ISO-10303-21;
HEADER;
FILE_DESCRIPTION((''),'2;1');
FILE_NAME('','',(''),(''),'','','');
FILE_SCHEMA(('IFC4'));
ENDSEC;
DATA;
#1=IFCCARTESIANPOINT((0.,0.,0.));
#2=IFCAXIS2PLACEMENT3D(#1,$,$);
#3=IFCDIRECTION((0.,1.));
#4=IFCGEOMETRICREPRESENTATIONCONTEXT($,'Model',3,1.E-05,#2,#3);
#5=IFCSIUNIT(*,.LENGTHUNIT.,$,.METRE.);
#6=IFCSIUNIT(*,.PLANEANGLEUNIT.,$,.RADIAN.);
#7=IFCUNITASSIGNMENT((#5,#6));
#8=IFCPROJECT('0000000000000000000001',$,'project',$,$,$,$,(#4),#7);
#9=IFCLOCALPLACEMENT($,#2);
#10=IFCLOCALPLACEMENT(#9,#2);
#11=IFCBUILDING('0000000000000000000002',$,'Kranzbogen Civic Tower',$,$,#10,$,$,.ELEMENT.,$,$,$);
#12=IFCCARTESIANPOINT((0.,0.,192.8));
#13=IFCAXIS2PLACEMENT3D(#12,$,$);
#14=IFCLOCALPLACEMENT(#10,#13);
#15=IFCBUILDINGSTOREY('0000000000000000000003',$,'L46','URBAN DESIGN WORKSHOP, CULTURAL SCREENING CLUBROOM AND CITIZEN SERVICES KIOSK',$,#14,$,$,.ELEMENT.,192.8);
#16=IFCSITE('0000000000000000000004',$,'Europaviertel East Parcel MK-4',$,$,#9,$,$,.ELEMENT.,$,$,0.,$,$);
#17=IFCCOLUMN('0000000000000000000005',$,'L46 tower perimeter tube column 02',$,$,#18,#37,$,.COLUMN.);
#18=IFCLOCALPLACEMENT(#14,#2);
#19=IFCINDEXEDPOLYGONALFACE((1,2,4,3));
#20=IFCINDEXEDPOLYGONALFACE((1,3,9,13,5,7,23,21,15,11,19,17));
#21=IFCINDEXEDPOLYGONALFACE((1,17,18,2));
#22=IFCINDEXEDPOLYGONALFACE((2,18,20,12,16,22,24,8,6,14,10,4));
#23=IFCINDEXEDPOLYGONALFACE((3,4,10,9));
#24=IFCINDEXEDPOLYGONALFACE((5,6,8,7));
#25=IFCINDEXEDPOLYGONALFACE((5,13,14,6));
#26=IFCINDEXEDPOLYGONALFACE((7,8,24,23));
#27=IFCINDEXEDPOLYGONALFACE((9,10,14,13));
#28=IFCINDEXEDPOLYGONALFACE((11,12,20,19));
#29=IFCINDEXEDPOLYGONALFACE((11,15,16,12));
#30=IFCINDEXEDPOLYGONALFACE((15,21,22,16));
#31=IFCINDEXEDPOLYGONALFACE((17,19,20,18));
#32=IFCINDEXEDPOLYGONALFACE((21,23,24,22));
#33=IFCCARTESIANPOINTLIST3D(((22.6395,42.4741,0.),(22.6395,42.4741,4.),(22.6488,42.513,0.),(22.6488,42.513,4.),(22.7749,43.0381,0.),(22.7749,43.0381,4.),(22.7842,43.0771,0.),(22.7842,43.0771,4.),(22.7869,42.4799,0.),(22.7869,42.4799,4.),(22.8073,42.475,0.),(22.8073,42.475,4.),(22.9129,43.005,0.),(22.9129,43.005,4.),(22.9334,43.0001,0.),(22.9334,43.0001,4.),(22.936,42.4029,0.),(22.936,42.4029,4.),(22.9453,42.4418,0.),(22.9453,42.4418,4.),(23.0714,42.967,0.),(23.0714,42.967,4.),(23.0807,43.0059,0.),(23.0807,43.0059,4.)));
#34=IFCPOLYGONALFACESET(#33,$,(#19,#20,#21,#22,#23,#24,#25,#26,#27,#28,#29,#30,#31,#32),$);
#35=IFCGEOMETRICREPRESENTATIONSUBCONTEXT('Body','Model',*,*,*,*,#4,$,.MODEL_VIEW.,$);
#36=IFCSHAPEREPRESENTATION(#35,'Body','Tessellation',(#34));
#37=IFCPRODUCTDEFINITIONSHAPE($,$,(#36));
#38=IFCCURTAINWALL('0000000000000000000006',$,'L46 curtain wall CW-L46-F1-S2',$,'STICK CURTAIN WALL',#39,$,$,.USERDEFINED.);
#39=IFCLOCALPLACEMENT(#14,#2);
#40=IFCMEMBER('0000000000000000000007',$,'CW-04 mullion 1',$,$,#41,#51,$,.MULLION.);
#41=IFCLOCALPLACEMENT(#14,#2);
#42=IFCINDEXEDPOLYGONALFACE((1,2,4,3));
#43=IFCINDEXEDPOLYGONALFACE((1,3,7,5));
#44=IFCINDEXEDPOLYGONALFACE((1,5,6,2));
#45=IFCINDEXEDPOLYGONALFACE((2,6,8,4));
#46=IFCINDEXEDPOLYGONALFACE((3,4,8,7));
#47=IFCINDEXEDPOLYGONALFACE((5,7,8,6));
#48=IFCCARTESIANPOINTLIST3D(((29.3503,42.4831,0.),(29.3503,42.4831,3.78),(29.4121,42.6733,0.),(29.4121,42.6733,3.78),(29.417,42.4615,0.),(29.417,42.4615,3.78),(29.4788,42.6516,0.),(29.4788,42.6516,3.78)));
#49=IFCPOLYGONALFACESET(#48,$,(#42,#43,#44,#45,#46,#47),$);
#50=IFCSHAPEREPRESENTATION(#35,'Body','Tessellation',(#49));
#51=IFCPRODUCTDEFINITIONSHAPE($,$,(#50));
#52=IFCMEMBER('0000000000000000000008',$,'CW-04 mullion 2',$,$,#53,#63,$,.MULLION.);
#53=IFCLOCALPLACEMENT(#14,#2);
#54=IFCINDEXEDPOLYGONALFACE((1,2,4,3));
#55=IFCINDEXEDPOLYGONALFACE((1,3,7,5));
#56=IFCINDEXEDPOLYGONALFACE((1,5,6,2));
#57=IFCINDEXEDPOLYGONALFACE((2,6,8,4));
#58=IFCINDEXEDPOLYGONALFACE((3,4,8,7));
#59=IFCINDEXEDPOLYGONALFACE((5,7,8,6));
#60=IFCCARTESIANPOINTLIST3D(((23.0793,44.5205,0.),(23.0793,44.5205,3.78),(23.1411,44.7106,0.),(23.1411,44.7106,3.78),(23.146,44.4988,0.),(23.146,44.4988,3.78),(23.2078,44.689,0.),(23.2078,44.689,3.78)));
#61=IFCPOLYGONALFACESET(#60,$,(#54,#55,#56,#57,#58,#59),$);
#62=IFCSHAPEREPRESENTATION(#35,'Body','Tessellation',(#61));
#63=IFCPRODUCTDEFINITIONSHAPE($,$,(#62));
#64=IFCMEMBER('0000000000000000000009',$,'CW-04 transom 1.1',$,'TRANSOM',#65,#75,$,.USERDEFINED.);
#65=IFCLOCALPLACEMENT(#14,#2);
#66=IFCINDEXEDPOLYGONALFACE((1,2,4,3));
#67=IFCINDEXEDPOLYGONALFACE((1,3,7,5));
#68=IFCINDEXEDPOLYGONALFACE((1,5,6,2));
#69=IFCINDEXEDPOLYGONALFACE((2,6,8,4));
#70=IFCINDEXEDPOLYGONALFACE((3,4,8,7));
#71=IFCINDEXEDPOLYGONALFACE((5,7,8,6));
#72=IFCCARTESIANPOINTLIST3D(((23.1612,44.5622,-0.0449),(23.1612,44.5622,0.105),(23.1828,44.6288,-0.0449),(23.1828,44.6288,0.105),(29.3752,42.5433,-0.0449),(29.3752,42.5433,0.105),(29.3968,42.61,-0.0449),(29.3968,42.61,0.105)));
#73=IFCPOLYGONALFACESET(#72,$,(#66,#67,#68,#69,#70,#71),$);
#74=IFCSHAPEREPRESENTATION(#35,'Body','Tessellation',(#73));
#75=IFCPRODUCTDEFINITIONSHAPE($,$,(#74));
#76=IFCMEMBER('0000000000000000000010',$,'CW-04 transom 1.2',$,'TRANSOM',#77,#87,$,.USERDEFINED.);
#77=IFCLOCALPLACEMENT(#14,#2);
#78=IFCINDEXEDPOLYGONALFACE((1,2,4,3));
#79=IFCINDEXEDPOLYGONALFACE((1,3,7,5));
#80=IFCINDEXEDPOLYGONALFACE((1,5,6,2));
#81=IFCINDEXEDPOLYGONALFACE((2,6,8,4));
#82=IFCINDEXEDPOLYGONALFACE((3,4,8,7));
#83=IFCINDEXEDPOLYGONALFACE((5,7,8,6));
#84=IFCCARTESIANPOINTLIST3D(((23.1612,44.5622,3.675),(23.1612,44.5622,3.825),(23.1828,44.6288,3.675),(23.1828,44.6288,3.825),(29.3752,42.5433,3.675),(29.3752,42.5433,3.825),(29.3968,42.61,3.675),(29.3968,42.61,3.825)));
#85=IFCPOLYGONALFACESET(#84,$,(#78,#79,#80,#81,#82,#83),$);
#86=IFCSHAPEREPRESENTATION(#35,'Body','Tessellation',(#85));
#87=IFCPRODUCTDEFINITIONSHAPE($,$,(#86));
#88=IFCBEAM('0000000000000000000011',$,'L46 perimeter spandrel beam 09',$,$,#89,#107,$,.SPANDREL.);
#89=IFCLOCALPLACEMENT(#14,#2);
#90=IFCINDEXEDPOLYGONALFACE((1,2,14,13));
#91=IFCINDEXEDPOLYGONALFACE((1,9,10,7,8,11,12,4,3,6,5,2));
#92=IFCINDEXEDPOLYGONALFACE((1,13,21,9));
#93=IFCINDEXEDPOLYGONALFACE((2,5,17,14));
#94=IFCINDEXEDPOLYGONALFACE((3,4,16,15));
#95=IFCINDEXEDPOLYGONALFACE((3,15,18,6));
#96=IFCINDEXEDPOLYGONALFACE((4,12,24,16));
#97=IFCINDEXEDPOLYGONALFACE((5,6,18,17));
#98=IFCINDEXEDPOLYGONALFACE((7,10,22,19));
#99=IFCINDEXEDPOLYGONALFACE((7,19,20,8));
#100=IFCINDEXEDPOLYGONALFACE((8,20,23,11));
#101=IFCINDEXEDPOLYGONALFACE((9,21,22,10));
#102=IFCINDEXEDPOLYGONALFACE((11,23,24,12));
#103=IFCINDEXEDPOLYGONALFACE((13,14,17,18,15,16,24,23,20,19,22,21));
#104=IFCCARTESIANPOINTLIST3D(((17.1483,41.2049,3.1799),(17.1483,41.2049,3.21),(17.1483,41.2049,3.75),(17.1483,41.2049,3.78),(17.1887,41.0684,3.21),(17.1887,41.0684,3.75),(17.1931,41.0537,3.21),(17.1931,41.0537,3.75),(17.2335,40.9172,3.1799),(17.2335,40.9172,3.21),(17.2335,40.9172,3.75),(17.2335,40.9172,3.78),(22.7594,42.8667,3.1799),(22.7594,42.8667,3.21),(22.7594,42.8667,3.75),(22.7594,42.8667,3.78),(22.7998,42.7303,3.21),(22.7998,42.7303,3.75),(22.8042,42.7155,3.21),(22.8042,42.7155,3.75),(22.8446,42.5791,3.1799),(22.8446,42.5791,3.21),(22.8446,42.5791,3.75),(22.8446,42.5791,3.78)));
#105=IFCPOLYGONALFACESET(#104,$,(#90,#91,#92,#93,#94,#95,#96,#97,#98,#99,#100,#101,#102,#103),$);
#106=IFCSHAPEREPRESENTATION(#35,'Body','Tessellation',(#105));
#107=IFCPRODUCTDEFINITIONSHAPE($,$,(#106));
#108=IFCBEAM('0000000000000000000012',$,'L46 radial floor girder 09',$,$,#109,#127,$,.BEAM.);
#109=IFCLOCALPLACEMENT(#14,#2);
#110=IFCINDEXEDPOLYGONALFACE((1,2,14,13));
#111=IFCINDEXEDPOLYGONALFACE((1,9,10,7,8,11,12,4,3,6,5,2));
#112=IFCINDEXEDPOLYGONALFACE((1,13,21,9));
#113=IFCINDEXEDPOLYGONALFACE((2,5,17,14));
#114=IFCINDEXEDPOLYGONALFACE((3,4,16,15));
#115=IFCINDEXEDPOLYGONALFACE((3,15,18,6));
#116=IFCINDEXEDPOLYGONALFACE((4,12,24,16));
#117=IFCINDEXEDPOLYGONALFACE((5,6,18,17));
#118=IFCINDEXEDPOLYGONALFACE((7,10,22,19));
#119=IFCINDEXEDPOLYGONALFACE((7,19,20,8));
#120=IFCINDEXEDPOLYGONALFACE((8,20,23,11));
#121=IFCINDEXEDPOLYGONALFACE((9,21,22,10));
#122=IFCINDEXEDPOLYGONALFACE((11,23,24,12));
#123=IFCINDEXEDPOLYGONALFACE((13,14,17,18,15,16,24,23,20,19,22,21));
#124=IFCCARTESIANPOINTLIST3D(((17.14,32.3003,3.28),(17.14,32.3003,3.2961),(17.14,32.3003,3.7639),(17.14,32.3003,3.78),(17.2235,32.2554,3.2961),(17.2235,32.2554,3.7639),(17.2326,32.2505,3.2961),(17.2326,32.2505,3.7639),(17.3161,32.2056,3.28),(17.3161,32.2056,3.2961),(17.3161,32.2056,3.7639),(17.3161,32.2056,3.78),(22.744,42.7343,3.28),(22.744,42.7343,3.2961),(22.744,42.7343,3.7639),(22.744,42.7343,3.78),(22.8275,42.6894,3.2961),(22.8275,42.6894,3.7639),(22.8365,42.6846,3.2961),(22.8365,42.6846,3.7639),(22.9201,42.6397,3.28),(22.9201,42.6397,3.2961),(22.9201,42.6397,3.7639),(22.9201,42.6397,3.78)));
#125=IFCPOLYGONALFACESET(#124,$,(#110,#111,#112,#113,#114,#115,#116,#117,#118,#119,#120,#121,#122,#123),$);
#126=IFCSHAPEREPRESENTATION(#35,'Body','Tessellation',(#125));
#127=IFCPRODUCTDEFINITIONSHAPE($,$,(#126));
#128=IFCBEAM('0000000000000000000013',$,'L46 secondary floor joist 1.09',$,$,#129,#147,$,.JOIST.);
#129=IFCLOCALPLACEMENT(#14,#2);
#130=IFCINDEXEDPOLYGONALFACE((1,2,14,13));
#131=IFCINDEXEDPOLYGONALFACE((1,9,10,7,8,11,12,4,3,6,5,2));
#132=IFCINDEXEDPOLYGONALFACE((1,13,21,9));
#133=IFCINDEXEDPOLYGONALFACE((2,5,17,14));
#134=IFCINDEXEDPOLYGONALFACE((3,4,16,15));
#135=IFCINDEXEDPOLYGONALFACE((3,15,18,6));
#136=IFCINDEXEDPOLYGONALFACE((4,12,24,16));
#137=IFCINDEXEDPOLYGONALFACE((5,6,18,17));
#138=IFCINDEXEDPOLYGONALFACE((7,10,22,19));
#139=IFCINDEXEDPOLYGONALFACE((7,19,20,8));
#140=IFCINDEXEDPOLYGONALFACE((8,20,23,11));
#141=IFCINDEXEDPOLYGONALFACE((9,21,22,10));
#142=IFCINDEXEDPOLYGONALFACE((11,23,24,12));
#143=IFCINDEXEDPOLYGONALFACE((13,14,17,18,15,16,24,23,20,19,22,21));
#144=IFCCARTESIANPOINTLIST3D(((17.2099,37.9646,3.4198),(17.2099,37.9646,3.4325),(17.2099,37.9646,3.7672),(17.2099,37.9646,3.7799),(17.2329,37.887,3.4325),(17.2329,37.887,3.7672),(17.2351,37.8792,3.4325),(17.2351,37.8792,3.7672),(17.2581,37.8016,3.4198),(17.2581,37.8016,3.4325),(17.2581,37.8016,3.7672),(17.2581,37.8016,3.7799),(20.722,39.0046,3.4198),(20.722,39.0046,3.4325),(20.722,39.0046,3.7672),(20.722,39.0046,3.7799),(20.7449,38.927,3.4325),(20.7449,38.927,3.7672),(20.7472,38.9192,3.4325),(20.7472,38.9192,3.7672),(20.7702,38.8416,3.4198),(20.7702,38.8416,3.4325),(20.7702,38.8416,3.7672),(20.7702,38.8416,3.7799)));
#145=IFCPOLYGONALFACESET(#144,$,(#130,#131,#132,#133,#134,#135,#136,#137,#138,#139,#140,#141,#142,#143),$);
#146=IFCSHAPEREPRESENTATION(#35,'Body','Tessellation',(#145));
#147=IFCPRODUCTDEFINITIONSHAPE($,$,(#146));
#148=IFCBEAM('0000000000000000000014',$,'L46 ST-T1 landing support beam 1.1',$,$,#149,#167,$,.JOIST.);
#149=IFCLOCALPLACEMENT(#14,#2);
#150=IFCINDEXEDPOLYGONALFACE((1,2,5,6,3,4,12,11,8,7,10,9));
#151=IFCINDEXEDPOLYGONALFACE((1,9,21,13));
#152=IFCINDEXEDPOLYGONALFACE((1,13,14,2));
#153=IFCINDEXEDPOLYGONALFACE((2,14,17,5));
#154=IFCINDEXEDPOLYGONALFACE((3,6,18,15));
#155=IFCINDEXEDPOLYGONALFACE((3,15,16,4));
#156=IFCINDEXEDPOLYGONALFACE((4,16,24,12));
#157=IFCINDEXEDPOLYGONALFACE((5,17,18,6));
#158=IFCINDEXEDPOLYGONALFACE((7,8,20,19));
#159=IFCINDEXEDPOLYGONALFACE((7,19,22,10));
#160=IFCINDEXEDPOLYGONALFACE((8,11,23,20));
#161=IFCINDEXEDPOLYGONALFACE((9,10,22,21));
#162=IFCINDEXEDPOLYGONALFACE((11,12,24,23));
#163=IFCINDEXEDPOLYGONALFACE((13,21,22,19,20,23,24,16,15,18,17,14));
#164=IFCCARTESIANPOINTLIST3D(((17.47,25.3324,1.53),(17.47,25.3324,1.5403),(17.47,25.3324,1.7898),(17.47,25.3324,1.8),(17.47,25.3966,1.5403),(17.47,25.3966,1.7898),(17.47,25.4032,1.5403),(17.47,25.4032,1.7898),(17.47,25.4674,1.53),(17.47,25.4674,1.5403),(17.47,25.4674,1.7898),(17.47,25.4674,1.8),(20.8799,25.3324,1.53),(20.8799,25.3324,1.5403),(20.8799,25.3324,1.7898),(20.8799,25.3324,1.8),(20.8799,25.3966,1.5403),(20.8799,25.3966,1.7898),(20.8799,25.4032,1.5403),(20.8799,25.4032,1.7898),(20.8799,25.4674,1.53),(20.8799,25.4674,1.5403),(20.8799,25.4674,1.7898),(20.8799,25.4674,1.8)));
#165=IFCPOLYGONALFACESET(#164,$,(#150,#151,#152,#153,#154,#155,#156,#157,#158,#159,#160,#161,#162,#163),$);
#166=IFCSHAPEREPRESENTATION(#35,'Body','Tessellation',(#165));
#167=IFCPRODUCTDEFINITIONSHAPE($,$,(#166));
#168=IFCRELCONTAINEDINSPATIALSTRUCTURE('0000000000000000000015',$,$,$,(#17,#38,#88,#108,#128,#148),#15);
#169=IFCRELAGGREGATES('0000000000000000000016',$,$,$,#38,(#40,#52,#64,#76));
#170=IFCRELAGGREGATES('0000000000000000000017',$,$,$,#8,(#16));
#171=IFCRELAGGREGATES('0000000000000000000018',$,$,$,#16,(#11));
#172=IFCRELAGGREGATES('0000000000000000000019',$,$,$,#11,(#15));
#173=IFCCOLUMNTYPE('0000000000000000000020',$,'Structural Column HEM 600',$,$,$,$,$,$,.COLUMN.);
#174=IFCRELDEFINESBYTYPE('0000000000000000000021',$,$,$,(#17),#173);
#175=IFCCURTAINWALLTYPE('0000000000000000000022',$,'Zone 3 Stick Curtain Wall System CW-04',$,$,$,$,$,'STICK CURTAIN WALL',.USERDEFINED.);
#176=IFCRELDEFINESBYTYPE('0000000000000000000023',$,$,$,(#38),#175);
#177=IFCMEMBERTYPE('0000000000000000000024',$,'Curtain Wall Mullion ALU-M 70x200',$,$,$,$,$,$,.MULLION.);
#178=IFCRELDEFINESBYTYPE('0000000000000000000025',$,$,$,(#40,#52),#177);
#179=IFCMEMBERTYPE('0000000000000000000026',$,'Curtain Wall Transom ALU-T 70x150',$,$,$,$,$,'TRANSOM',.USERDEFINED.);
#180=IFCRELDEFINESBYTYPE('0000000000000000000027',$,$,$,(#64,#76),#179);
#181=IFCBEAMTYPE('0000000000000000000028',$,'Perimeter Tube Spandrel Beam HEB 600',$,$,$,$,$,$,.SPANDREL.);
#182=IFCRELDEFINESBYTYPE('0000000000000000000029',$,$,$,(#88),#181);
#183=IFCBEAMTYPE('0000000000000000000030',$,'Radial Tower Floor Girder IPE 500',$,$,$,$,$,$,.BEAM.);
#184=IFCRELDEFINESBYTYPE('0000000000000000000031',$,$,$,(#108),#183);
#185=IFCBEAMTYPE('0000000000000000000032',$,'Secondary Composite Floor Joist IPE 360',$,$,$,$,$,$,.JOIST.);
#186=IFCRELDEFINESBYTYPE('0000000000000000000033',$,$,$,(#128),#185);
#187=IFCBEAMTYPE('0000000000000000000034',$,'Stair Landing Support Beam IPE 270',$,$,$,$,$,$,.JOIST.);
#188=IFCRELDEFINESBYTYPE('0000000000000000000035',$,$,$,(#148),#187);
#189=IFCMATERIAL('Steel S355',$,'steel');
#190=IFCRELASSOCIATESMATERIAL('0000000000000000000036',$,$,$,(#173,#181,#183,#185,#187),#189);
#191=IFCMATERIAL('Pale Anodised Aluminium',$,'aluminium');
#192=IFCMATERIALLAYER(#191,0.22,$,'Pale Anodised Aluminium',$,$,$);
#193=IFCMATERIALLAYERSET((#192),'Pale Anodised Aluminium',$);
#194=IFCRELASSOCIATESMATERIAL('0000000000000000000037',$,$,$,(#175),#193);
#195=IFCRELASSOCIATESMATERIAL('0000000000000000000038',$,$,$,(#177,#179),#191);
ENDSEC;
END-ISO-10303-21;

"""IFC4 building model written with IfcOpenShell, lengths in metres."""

from ifc_helpers import new_model, si_unit, direction, frame, origin, origin_2d, place, context, subcontext, project, spatial, rectangle, i_section, extrude, material, layer, layer_set, material_profile, profile_set, type_object, element, aggregate, save


model = new_model("IFC4")

# Units and contexts
model_context = context("Model", 3, precision=1e-05, world=origin(), true_north=direction((0.0, 1.0)))
body_context = subcontext(model_context, "Body", "Model", "MODEL_VIEW")
ifc_project = project(units=[si_unit("LENGTHUNIT", "METRE"), si_unit("PLANEANGLEUNIT", "RADIAN")], contexts=[model_context])

# Site, building, storey
site_placement = place(None, origin())
site = spatial("IfcSite", under=ifc_project, at=site_placement, Name="Europaviertel East Parcel MK-4", CompositionType="ELEMENT", RefElevation=0.0)
building_placement = place(site_placement, origin())
building = spatial("IfcBuilding", under=site, at=building_placement, Name="Kranzbogen Civic Tower", CompositionType="ELEMENT")
storey_placement = place(building_placement, frame((0.0, 0.0, 192.8)))
storey = spatial("IfcBuildingStorey", under=building, at=storey_placement, Name="L46", Description="URBAN DESIGN WORKSHOP, CULTURAL SCREENING CLUBROOM AND CITIZEN SERVICES KIOSK", CompositionType="ELEMENT", Elevation=192.8)

# Column
ifc_material_1 = material(Name="Steel S355", Category="steel")
ifc_material_profile_1 = material_profile(ifc_material_1, i_section(OverallWidth=0.3049, OverallDepth=0.6201, WebThickness=0.021, FlangeThickness=0.04, at=origin_2d()), Name="HEM 600")
ifc_profile_set_1 = profile_set([ifc_material_profile_1], Name="Steel S355")
column_type = type_object("IfcColumnType", Name="Structural Column HEM 600", PredefinedType="COLUMN", material=ifc_profile_set_1)
column_placement = place(storey_placement, frame((22.8601, 42.74, 0.0), z_axis=(0.0, 0.0, 1.0), x_axis=(-0.97237, 0.233445, 0.0)))
element("IfcColumn", 1, at=column_placement, inside=storey, type_object=column_type, Name="L46 tower perimeter tube column 02", PredefinedType="COLUMN", context=body_context, shape_type="SweptSolid", body=[
    extrude(i_section(OverallWidth=0.3049, OverallDepth=0.6201, WebThickness=0.021, FlangeThickness=0.04, at=origin_2d()), origin(), (0.0, 0.0, 1.0), 4.0),
])

# Curtain wall, members
ifc_material_2 = material(Name="Pale Anodised Aluminium", Category="aluminium")
ifc_layer_1 = layer(ifc_material_2, 0.22, Name="Pale Anodised Aluminium")
ifc_layer_set_1 = layer_set([ifc_layer_1], Name="Pale Anodised Aluminium")
curtain_wall_type = type_object("IfcCurtainWallType", Name="Zone 3 Stick Curtain Wall System CW-04", ElementType="STICK CURTAIN WALL", PredefinedType="USERDEFINED", material=ifc_layer_set_1)
curtain_wall_placement = place(storey_placement, origin())
curtain_wall = element("IfcCurtainWall", 2, at=curtain_wall_placement, inside=storey, type_object=curtain_wall_type, Name="L46 curtain wall CW-L46-F1-S2", ObjectType="STICK CURTAIN WALL", PredefinedType="USERDEFINED")
ifc_material_profile_2 = material_profile(ifc_material_2, rectangle(XDim=0.0701, YDim=0.2, at=origin_2d()), Name="ALU-M 70x200")
ifc_profile_set_2 = profile_set([ifc_material_profile_2], Name="Pale Anodised Aluminium")
member_type_1 = type_object("IfcMemberType", Name="Curtain Wall Mullion ALU-M 70x200", PredefinedType="MULLION", material=ifc_profile_set_2)
member_1_placement = place(storey_placement, frame((29.4146, 42.5674, 0.0), z_axis=(0.0, 0.0, 1.0), x_axis=(-0.951061, 0.309005, 0.0)))
member_1 = element("IfcMember", 3, at=member_1_placement, type_object=member_type_1, Name="CW-04 mullion 1", PredefinedType="MULLION", context=body_context, shape_type="SweptSolid", body=[
    extrude(rectangle(XDim=0.0701, YDim=0.2, at=origin_2d()), origin(), (0.0, 0.0, 1.0), 3.78),
])
member_2_placement = place(storey_placement, frame((23.1436, 44.6047, 0.0), z_axis=(0.0, 0.0, 1.0), x_axis=(-0.951061, 0.309005, 0.0)))
member_2 = element("IfcMember", 4, at=member_2_placement, type_object=member_type_1, Name="CW-04 mullion 2", PredefinedType="MULLION", context=body_context, shape_type="SweptSolid", body=[
    extrude(rectangle(XDim=0.0701, YDim=0.2, at=origin_2d()), origin(), (0.0, 0.0, 1.0), 3.78),
])
ifc_material_profile_3 = material_profile(ifc_material_2, rectangle(XDim=0.0701, YDim=0.1499, at=origin_2d()), Name="ALU-T 70x150")
ifc_profile_set_3 = profile_set([ifc_material_profile_3], Name="Pale Anodised Aluminium")
member_type_2 = type_object("IfcMemberType", Name="Curtain Wall Transom ALU-T 70x150", ElementType="TRANSOM", PredefinedType="USERDEFINED", material=ifc_profile_set_3)
member_3_placement = place(storey_placement, frame((29.386, 42.5767, 0.03), z_axis=(-0.951066, 0.308988, 0.0), x_axis=(-0.308988, -0.951066, 0.0)))
member_3 = element("IfcMember", 5, at=member_3_placement, type_object=member_type_2, Name="CW-04 transom 1.1", ObjectType="TRANSOM", PredefinedType="USERDEFINED", context=body_context, shape_type="SweptSolid", body=[
    extrude(rectangle(XDim=0.0701, YDim=0.1499, at=origin_2d()), origin(), (0.0, 0.0, 1.0), 6.5337),
])
member_4_placement = place(storey_placement, frame((29.386, 42.5767, 3.75), z_axis=(-0.951066, 0.308988, 0.0), x_axis=(-0.308988, -0.951066, 0.0)))
member_4 = element("IfcMember", 6, at=member_4_placement, type_object=member_type_2, Name="CW-04 transom 1.2", ObjectType="TRANSOM", PredefinedType="USERDEFINED", context=body_context, shape_type="SweptSolid", body=[
    extrude(rectangle(XDim=0.0701, YDim=0.1499, at=origin_2d()), origin(), (0.0, 0.0, 1.0), 6.5337),
])

# Beams
ifc_material_profile_4 = material_profile(ifc_material_1, i_section(OverallWidth=0.3, OverallDepth=0.6001, WebThickness=0.0154, FlangeThickness=0.03, at=origin_2d()), Name="HEB 600")
ifc_profile_set_4 = profile_set([ifc_material_profile_4], Name="Steel S355")
beam_type_1 = type_object("IfcBeamType", Name="Perimeter Tube Spandrel Beam HEB 600", PredefinedType="SPANDREL", material=ifc_profile_set_4)
beam_1_placement = place(storey_placement, frame((22.802, 42.7229, 3.48), z_axis=(-0.95883, -0.283982, 0.0), x_axis=(0.283982, -0.95883, 0.0)))
element("IfcBeam", 7, at=beam_1_placement, inside=storey, type_object=beam_type_1, Name="L46 perimeter spandrel beam 09", PredefinedType="SPANDREL", context=body_context, shape_type="SweptSolid", body=[
    extrude(i_section(OverallWidth=0.3, OverallDepth=0.6001, WebThickness=0.0154, FlangeThickness=0.03, at=origin_2d()), origin(), (0.0, 0.0, 1.0), 5.8521),
])
ifc_material_profile_5 = material_profile(ifc_material_1, i_section(OverallWidth=0.2, OverallDepth=0.5, WebThickness=0.0103, FlangeThickness=0.0161, at=origin_2d()), Name="IPE 500")
ifc_profile_set_5 = profile_set([ifc_material_profile_5], Name="Steel S355")
beam_type_2 = type_object("IfcBeamType", Name="Radial Tower Floor Girder IPE 500", PredefinedType="BEAM", material=ifc_profile_set_5)
beam_2_placement = place(storey_placement, frame((22.832, 42.687, 3.53), z_axis=(-0.47316, -0.880976, 0.0), x_axis=(0.880976, -0.47316, 0.0)))
element("IfcBeam", 8, at=beam_2_placement, inside=storey, type_object=beam_type_2, Name="L46 radial floor girder 09", PredefinedType="BEAM", context=body_context, shape_type="SweptSolid", body=[
    extrude(i_section(OverallWidth=0.2, OverallDepth=0.5, WebThickness=0.0103, FlangeThickness=0.0161, at=origin_2d()), origin(), (0.0, 0.0, 1.0), 11.8438),
])
ifc_material_profile_6 = material_profile(ifc_material_1, i_section(OverallWidth=0.1699, OverallDepth=0.3601, WebThickness=0.0081, FlangeThickness=0.0127, at=origin_2d()), Name="IPE 360")
ifc_profile_set_6 = profile_set([ifc_material_profile_6], Name="Steel S355")
beam_type_3 = type_object("IfcBeamType", Name="Secondary Composite Floor Joist IPE 360", PredefinedType="JOIST", material=ifc_profile_set_6)
beam_3_placement = place(storey_placement, frame((20.7461, 38.9231, 3.5999), z_axis=(-0.958844, -0.283934, 0.0), x_axis=(0.283934, -0.958844, 0.0)))
element("IfcBeam", 9, at=beam_3_placement, inside=storey, type_object=beam_type_3, Name="L46 secondary floor joist 1.09", PredefinedType="JOIST", context=body_context, shape_type="SweptSolid", body=[
    extrude(i_section(OverallWidth=0.1699, OverallDepth=0.3601, WebThickness=0.0081, FlangeThickness=0.0127, at=origin_2d()), origin(), (0.0, 0.0, 1.0), 3.6628),
])
ifc_material_profile_7 = material_profile(ifc_material_1, i_section(OverallWidth=0.135, OverallDepth=0.27, WebThickness=0.0066, FlangeThickness=0.0103, at=origin_2d()), Name="IPE 270")
ifc_profile_set_7 = profile_set([ifc_material_profile_7], Name="Steel S355")
beam_type_4 = type_object("IfcBeamType", Name="Stair Landing Support Beam IPE 270", PredefinedType="JOIST", material=ifc_profile_set_7)
for number, where, z_axis, x_axis, name in (
    (10, (20.8799, 25.3999, 1.665), (-1.0, 0.0, 0.0), (0.0, -1.0, 0.0), "L46 ST-T1 landing support beam 1.1"),
):
    element("IfcBeam", number, at=place(storey_placement, frame(where, z_axis=z_axis, x_axis=x_axis)), inside=storey, type_object=beam_type_4, Name=name, PredefinedType="JOIST", context=body_context, shape_type="SweptSolid", body=[
        extrude(i_section(OverallWidth=0.135, OverallDepth=0.27, WebThickness=0.0066, FlangeThickness=0.0103, at=origin_2d()), origin(), (0.0, 0.0, 1.0), 3.4099),
    ])

aggregate(curtain_wall, [member_1, member_2, member_3, member_4])

save(model, "model.ifc")
